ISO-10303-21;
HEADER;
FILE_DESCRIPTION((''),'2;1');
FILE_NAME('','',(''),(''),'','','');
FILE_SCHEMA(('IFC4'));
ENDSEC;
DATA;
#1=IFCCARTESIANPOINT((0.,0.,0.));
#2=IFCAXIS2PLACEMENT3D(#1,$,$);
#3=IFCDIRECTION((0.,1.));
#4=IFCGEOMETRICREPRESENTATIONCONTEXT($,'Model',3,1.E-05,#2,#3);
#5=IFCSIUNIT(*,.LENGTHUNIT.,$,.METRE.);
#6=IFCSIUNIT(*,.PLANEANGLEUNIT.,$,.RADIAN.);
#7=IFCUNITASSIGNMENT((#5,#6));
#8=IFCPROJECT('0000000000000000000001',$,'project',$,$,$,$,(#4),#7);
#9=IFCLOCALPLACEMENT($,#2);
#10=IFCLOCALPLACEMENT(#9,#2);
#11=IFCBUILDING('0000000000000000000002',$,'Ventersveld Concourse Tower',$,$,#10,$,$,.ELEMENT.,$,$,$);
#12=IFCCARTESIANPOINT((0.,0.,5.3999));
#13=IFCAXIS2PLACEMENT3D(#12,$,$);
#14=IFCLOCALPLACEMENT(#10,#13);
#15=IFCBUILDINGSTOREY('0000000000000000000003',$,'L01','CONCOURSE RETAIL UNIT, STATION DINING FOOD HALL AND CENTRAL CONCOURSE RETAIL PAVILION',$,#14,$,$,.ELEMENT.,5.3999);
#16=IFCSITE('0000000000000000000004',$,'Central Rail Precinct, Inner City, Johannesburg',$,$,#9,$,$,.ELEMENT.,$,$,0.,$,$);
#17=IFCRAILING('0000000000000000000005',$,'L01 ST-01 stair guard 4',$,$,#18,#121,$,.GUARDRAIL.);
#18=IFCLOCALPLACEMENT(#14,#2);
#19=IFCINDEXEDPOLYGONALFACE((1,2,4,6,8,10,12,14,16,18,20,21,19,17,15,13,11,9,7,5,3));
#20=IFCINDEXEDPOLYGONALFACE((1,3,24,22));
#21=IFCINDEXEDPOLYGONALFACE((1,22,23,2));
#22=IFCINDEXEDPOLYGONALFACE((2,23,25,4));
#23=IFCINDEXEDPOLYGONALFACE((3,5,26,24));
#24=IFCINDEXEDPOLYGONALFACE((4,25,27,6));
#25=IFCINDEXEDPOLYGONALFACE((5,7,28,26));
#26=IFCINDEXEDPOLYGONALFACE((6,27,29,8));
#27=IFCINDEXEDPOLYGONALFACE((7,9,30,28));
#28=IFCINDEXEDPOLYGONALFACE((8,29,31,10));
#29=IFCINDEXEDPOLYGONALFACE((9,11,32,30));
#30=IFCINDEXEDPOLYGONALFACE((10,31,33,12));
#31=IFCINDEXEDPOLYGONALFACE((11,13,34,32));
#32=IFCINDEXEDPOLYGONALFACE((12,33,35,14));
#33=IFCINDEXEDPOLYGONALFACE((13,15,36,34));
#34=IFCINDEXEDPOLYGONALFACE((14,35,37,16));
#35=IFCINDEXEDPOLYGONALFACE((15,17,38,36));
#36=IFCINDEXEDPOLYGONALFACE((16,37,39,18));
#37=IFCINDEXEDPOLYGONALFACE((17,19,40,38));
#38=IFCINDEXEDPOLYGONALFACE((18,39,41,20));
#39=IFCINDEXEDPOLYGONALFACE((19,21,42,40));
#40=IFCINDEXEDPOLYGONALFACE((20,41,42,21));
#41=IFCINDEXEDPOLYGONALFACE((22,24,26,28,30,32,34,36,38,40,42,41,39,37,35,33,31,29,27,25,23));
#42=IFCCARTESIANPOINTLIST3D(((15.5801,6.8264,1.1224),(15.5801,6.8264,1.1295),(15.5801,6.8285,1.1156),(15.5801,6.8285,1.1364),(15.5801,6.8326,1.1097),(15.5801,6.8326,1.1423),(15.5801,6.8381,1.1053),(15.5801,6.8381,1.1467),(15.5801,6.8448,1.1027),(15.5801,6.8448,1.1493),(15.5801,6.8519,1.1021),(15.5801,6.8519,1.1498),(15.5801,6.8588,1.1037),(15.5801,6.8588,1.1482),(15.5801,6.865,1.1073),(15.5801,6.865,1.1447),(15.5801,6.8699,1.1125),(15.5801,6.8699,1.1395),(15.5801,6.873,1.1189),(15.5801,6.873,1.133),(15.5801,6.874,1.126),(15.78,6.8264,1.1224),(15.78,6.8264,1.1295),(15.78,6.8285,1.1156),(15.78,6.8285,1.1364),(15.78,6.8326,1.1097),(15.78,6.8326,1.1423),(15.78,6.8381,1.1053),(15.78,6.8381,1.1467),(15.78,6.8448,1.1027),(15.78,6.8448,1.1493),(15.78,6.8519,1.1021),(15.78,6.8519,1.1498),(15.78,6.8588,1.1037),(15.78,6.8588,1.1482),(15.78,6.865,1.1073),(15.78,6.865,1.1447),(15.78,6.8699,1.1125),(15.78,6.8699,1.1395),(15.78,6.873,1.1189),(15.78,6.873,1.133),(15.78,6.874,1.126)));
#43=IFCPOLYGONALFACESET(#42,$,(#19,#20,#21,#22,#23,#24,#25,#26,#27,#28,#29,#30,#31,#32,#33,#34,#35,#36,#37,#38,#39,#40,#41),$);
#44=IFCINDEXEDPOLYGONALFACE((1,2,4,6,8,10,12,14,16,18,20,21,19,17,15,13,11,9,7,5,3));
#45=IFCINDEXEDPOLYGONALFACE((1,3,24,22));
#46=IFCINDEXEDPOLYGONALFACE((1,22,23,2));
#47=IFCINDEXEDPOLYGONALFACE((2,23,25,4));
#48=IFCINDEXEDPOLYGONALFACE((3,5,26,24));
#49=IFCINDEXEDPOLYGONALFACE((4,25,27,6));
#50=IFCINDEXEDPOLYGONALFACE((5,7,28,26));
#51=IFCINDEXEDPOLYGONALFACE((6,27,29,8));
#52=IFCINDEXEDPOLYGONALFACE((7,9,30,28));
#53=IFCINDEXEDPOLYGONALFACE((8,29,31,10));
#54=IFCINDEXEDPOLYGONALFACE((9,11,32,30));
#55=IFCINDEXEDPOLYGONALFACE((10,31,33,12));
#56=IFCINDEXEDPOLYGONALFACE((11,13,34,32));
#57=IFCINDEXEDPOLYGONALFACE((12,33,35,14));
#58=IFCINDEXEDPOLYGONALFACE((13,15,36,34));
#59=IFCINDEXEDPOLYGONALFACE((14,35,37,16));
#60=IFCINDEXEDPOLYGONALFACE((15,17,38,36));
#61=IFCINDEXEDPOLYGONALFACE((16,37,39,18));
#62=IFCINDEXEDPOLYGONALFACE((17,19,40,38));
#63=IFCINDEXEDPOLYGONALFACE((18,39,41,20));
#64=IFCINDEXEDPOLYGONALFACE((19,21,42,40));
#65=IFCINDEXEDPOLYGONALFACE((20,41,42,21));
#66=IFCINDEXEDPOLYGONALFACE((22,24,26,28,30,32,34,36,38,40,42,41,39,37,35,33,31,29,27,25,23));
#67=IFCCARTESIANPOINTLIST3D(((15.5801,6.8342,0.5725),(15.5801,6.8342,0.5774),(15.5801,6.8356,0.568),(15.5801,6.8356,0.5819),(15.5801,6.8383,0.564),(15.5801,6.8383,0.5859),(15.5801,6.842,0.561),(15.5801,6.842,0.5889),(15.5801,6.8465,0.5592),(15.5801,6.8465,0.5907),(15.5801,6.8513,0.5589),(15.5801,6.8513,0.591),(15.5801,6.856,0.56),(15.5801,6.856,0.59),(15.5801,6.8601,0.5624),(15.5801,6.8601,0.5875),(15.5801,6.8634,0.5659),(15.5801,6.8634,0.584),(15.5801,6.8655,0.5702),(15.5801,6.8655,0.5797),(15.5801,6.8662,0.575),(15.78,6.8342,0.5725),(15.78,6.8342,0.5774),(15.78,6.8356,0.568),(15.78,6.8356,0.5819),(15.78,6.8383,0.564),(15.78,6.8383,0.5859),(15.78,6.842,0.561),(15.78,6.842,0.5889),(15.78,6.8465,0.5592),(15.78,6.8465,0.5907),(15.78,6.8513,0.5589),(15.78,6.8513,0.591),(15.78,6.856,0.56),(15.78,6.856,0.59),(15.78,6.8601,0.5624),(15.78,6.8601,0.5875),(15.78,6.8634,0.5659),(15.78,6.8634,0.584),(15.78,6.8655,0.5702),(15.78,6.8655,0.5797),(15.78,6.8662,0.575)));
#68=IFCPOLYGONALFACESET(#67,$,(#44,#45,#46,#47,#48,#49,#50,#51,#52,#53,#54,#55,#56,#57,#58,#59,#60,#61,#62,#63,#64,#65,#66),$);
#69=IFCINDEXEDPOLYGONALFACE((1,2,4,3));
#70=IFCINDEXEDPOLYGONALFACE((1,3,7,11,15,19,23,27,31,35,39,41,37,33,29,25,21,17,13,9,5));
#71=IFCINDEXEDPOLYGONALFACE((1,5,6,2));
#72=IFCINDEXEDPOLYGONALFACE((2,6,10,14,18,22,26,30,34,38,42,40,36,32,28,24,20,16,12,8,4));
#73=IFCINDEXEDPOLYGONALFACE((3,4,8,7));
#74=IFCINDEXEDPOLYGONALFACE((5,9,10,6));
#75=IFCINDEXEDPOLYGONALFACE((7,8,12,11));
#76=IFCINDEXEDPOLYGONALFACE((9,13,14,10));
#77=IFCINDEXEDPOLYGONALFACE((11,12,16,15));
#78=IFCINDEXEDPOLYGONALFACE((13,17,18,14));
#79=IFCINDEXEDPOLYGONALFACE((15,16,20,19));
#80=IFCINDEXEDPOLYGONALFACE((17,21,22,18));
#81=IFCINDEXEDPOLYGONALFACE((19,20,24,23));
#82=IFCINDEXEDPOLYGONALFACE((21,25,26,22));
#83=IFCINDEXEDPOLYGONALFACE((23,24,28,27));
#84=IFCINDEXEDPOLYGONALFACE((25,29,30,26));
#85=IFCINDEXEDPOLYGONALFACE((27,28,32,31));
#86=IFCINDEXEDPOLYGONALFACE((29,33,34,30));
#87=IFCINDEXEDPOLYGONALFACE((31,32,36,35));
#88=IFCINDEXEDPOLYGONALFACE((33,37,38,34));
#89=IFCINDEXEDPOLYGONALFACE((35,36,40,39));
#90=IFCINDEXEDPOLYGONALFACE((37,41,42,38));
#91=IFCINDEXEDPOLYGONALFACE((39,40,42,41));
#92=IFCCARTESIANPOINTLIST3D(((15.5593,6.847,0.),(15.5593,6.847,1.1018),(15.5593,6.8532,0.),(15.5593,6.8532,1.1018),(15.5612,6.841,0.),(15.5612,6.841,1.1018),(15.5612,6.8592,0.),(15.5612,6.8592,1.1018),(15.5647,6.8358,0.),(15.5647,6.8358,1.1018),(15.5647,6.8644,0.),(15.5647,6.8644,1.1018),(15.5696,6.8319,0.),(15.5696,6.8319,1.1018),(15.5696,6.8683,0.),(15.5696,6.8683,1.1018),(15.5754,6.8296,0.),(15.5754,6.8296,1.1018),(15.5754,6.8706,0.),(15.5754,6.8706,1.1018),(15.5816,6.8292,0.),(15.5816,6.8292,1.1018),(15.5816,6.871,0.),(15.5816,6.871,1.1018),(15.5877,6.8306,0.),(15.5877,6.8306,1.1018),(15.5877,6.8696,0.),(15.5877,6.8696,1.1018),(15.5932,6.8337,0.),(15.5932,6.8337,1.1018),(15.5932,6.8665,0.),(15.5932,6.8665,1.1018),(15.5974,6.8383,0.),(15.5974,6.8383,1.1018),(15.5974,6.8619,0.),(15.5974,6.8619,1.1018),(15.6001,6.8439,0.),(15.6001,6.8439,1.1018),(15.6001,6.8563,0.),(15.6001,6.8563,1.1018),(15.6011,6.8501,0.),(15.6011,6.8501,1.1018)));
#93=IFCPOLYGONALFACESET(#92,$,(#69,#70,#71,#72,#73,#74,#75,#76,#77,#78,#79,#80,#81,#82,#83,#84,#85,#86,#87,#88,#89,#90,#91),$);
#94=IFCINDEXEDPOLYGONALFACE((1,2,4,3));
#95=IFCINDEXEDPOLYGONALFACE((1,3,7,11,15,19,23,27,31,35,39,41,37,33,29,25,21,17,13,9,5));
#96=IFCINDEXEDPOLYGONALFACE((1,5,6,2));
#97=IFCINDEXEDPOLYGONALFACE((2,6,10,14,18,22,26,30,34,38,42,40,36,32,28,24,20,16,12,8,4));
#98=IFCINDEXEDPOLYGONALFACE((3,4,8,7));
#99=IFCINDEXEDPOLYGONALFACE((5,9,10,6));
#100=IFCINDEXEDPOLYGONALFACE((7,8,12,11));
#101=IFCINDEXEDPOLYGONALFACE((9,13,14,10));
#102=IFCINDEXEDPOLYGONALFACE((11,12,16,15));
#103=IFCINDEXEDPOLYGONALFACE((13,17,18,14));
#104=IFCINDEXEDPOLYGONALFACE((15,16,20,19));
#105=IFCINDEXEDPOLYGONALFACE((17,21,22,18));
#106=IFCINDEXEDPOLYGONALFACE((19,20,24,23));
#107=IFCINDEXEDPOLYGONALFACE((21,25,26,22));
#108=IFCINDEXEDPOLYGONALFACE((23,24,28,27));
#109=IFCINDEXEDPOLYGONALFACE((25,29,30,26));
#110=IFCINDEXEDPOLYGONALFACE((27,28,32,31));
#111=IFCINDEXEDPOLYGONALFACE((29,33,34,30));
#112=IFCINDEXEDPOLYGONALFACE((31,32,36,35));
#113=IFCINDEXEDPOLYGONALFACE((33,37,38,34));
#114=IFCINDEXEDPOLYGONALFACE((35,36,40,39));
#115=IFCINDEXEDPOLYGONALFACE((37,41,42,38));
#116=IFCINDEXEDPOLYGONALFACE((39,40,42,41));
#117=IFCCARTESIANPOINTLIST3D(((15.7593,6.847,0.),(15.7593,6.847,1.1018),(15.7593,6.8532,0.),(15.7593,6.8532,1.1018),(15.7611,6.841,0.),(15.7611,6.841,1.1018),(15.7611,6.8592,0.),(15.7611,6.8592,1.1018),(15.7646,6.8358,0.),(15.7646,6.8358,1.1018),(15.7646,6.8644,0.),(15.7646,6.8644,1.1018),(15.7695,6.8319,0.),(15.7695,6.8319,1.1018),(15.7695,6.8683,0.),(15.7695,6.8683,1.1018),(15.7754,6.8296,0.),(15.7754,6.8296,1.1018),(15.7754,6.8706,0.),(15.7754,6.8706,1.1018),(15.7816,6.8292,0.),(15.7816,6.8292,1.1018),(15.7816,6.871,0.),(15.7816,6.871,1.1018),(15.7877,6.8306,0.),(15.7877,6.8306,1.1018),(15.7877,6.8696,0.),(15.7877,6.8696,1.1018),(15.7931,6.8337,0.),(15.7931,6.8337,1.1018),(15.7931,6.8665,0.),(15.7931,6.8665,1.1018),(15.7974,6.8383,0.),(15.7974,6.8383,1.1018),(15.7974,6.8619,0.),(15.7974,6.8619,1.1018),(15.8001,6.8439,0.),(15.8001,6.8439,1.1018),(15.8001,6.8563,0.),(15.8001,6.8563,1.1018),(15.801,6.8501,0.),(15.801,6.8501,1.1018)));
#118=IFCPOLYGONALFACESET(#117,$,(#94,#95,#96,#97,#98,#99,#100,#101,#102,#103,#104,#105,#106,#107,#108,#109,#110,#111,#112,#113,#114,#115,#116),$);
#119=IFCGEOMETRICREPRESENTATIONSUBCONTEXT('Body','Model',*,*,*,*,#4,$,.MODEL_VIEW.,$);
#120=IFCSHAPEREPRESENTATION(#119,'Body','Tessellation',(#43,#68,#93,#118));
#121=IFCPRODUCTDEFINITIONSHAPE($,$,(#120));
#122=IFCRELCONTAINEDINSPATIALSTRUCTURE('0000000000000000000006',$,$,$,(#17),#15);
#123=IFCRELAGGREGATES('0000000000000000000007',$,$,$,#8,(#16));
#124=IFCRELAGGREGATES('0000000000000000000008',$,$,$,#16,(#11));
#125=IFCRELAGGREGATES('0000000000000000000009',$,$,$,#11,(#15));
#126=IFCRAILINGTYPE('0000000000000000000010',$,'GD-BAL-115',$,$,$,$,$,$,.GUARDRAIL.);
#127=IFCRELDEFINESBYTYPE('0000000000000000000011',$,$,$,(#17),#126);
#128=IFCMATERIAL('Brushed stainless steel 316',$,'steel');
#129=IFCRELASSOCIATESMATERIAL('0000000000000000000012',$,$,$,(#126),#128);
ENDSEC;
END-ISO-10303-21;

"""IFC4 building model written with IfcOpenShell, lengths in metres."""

from ifc_helpers import new_model, si_unit, direction, frame, origin, origin_2d, place, context, subcontext, project, spatial, circle, extrude, material, type_object, element, save


model = new_model("IFC4")

# Units and contexts
model_context = context("Model", 3, precision=1e-05, world=origin(), true_north=direction((0.0, 1.0)))
body_context = subcontext(model_context, "Body", "Model", "MODEL_VIEW")
ifc_project = project(units=[si_unit("LENGTHUNIT", "METRE"), si_unit("PLANEANGLEUNIT", "RADIAN")], contexts=[model_context])

# Site, building, storey
site_placement = place(None, origin())
site = spatial("IfcSite", under=ifc_project, at=site_placement, Name="Central Rail Precinct, Inner City, Johannesburg", CompositionType="ELEMENT", RefElevation=0.0)
building_placement = place(site_placement, origin())
building = spatial("IfcBuilding", under=site, at=building_placement, Name="Ventersveld Concourse Tower", CompositionType="ELEMENT")
storey_placement = place(building_placement, frame((0.0, 0.0, 5.3999)))
storey = spatial("IfcBuildingStorey", under=building, at=storey_placement, Name="L01", Description="CONCOURSE RETAIL UNIT, STATION DINING FOOD HALL AND CENTRAL CONCOURSE RETAIL PAVILION", CompositionType="ELEMENT", Elevation=5.3999)

# Shared definitions
ifc_material_1 = material(Name="Brushed stainless steel 316", Category="steel")

# Railing
railing_type_1 = type_object("IfcRailingType", Name="GD-BAL-115", PredefinedType="GUARDRAIL", material=ifc_material_1)
railing_1_placement = place(storey_placement, frame((15.5801, 6.8501, 0.0)))
element("IfcRailing", 1, at=railing_1_placement, inside=storey, type_object=railing_type_1, Name="L01 ST-01 stair guard 4", PredefinedType="GUARDRAIL", context=body_context, shape_type="SweptSolid", body=[
    extrude(circle(Radius=0.0239, at=origin_2d()), frame((0.0, 0.0, 1.126), z_axis=(1.0, 0.0, 0.0), x_axis=(0.0, 1.0, 0.0)), (0.0, 0.0, 1.0), 0.2),
    extrude(circle(Radius=0.0161, at=origin_2d()), frame((0.0, 0.0, 0.575), z_axis=(1.0, 0.0, 0.0), x_axis=(0.0, 1.0, 0.0)), (0.0, 0.0, 1.0), 0.2),
    extrude(circle(Radius=0.021, at=origin_2d()), origin(), (0.0, 0.0, 1.0), 1.1018),
    extrude(circle(Radius=0.021, at=origin_2d()), frame((0.2, 0.0, 0.0)), (0.0, 0.0, 1.0), 1.1018),
])

save(model, "model.ifc")
